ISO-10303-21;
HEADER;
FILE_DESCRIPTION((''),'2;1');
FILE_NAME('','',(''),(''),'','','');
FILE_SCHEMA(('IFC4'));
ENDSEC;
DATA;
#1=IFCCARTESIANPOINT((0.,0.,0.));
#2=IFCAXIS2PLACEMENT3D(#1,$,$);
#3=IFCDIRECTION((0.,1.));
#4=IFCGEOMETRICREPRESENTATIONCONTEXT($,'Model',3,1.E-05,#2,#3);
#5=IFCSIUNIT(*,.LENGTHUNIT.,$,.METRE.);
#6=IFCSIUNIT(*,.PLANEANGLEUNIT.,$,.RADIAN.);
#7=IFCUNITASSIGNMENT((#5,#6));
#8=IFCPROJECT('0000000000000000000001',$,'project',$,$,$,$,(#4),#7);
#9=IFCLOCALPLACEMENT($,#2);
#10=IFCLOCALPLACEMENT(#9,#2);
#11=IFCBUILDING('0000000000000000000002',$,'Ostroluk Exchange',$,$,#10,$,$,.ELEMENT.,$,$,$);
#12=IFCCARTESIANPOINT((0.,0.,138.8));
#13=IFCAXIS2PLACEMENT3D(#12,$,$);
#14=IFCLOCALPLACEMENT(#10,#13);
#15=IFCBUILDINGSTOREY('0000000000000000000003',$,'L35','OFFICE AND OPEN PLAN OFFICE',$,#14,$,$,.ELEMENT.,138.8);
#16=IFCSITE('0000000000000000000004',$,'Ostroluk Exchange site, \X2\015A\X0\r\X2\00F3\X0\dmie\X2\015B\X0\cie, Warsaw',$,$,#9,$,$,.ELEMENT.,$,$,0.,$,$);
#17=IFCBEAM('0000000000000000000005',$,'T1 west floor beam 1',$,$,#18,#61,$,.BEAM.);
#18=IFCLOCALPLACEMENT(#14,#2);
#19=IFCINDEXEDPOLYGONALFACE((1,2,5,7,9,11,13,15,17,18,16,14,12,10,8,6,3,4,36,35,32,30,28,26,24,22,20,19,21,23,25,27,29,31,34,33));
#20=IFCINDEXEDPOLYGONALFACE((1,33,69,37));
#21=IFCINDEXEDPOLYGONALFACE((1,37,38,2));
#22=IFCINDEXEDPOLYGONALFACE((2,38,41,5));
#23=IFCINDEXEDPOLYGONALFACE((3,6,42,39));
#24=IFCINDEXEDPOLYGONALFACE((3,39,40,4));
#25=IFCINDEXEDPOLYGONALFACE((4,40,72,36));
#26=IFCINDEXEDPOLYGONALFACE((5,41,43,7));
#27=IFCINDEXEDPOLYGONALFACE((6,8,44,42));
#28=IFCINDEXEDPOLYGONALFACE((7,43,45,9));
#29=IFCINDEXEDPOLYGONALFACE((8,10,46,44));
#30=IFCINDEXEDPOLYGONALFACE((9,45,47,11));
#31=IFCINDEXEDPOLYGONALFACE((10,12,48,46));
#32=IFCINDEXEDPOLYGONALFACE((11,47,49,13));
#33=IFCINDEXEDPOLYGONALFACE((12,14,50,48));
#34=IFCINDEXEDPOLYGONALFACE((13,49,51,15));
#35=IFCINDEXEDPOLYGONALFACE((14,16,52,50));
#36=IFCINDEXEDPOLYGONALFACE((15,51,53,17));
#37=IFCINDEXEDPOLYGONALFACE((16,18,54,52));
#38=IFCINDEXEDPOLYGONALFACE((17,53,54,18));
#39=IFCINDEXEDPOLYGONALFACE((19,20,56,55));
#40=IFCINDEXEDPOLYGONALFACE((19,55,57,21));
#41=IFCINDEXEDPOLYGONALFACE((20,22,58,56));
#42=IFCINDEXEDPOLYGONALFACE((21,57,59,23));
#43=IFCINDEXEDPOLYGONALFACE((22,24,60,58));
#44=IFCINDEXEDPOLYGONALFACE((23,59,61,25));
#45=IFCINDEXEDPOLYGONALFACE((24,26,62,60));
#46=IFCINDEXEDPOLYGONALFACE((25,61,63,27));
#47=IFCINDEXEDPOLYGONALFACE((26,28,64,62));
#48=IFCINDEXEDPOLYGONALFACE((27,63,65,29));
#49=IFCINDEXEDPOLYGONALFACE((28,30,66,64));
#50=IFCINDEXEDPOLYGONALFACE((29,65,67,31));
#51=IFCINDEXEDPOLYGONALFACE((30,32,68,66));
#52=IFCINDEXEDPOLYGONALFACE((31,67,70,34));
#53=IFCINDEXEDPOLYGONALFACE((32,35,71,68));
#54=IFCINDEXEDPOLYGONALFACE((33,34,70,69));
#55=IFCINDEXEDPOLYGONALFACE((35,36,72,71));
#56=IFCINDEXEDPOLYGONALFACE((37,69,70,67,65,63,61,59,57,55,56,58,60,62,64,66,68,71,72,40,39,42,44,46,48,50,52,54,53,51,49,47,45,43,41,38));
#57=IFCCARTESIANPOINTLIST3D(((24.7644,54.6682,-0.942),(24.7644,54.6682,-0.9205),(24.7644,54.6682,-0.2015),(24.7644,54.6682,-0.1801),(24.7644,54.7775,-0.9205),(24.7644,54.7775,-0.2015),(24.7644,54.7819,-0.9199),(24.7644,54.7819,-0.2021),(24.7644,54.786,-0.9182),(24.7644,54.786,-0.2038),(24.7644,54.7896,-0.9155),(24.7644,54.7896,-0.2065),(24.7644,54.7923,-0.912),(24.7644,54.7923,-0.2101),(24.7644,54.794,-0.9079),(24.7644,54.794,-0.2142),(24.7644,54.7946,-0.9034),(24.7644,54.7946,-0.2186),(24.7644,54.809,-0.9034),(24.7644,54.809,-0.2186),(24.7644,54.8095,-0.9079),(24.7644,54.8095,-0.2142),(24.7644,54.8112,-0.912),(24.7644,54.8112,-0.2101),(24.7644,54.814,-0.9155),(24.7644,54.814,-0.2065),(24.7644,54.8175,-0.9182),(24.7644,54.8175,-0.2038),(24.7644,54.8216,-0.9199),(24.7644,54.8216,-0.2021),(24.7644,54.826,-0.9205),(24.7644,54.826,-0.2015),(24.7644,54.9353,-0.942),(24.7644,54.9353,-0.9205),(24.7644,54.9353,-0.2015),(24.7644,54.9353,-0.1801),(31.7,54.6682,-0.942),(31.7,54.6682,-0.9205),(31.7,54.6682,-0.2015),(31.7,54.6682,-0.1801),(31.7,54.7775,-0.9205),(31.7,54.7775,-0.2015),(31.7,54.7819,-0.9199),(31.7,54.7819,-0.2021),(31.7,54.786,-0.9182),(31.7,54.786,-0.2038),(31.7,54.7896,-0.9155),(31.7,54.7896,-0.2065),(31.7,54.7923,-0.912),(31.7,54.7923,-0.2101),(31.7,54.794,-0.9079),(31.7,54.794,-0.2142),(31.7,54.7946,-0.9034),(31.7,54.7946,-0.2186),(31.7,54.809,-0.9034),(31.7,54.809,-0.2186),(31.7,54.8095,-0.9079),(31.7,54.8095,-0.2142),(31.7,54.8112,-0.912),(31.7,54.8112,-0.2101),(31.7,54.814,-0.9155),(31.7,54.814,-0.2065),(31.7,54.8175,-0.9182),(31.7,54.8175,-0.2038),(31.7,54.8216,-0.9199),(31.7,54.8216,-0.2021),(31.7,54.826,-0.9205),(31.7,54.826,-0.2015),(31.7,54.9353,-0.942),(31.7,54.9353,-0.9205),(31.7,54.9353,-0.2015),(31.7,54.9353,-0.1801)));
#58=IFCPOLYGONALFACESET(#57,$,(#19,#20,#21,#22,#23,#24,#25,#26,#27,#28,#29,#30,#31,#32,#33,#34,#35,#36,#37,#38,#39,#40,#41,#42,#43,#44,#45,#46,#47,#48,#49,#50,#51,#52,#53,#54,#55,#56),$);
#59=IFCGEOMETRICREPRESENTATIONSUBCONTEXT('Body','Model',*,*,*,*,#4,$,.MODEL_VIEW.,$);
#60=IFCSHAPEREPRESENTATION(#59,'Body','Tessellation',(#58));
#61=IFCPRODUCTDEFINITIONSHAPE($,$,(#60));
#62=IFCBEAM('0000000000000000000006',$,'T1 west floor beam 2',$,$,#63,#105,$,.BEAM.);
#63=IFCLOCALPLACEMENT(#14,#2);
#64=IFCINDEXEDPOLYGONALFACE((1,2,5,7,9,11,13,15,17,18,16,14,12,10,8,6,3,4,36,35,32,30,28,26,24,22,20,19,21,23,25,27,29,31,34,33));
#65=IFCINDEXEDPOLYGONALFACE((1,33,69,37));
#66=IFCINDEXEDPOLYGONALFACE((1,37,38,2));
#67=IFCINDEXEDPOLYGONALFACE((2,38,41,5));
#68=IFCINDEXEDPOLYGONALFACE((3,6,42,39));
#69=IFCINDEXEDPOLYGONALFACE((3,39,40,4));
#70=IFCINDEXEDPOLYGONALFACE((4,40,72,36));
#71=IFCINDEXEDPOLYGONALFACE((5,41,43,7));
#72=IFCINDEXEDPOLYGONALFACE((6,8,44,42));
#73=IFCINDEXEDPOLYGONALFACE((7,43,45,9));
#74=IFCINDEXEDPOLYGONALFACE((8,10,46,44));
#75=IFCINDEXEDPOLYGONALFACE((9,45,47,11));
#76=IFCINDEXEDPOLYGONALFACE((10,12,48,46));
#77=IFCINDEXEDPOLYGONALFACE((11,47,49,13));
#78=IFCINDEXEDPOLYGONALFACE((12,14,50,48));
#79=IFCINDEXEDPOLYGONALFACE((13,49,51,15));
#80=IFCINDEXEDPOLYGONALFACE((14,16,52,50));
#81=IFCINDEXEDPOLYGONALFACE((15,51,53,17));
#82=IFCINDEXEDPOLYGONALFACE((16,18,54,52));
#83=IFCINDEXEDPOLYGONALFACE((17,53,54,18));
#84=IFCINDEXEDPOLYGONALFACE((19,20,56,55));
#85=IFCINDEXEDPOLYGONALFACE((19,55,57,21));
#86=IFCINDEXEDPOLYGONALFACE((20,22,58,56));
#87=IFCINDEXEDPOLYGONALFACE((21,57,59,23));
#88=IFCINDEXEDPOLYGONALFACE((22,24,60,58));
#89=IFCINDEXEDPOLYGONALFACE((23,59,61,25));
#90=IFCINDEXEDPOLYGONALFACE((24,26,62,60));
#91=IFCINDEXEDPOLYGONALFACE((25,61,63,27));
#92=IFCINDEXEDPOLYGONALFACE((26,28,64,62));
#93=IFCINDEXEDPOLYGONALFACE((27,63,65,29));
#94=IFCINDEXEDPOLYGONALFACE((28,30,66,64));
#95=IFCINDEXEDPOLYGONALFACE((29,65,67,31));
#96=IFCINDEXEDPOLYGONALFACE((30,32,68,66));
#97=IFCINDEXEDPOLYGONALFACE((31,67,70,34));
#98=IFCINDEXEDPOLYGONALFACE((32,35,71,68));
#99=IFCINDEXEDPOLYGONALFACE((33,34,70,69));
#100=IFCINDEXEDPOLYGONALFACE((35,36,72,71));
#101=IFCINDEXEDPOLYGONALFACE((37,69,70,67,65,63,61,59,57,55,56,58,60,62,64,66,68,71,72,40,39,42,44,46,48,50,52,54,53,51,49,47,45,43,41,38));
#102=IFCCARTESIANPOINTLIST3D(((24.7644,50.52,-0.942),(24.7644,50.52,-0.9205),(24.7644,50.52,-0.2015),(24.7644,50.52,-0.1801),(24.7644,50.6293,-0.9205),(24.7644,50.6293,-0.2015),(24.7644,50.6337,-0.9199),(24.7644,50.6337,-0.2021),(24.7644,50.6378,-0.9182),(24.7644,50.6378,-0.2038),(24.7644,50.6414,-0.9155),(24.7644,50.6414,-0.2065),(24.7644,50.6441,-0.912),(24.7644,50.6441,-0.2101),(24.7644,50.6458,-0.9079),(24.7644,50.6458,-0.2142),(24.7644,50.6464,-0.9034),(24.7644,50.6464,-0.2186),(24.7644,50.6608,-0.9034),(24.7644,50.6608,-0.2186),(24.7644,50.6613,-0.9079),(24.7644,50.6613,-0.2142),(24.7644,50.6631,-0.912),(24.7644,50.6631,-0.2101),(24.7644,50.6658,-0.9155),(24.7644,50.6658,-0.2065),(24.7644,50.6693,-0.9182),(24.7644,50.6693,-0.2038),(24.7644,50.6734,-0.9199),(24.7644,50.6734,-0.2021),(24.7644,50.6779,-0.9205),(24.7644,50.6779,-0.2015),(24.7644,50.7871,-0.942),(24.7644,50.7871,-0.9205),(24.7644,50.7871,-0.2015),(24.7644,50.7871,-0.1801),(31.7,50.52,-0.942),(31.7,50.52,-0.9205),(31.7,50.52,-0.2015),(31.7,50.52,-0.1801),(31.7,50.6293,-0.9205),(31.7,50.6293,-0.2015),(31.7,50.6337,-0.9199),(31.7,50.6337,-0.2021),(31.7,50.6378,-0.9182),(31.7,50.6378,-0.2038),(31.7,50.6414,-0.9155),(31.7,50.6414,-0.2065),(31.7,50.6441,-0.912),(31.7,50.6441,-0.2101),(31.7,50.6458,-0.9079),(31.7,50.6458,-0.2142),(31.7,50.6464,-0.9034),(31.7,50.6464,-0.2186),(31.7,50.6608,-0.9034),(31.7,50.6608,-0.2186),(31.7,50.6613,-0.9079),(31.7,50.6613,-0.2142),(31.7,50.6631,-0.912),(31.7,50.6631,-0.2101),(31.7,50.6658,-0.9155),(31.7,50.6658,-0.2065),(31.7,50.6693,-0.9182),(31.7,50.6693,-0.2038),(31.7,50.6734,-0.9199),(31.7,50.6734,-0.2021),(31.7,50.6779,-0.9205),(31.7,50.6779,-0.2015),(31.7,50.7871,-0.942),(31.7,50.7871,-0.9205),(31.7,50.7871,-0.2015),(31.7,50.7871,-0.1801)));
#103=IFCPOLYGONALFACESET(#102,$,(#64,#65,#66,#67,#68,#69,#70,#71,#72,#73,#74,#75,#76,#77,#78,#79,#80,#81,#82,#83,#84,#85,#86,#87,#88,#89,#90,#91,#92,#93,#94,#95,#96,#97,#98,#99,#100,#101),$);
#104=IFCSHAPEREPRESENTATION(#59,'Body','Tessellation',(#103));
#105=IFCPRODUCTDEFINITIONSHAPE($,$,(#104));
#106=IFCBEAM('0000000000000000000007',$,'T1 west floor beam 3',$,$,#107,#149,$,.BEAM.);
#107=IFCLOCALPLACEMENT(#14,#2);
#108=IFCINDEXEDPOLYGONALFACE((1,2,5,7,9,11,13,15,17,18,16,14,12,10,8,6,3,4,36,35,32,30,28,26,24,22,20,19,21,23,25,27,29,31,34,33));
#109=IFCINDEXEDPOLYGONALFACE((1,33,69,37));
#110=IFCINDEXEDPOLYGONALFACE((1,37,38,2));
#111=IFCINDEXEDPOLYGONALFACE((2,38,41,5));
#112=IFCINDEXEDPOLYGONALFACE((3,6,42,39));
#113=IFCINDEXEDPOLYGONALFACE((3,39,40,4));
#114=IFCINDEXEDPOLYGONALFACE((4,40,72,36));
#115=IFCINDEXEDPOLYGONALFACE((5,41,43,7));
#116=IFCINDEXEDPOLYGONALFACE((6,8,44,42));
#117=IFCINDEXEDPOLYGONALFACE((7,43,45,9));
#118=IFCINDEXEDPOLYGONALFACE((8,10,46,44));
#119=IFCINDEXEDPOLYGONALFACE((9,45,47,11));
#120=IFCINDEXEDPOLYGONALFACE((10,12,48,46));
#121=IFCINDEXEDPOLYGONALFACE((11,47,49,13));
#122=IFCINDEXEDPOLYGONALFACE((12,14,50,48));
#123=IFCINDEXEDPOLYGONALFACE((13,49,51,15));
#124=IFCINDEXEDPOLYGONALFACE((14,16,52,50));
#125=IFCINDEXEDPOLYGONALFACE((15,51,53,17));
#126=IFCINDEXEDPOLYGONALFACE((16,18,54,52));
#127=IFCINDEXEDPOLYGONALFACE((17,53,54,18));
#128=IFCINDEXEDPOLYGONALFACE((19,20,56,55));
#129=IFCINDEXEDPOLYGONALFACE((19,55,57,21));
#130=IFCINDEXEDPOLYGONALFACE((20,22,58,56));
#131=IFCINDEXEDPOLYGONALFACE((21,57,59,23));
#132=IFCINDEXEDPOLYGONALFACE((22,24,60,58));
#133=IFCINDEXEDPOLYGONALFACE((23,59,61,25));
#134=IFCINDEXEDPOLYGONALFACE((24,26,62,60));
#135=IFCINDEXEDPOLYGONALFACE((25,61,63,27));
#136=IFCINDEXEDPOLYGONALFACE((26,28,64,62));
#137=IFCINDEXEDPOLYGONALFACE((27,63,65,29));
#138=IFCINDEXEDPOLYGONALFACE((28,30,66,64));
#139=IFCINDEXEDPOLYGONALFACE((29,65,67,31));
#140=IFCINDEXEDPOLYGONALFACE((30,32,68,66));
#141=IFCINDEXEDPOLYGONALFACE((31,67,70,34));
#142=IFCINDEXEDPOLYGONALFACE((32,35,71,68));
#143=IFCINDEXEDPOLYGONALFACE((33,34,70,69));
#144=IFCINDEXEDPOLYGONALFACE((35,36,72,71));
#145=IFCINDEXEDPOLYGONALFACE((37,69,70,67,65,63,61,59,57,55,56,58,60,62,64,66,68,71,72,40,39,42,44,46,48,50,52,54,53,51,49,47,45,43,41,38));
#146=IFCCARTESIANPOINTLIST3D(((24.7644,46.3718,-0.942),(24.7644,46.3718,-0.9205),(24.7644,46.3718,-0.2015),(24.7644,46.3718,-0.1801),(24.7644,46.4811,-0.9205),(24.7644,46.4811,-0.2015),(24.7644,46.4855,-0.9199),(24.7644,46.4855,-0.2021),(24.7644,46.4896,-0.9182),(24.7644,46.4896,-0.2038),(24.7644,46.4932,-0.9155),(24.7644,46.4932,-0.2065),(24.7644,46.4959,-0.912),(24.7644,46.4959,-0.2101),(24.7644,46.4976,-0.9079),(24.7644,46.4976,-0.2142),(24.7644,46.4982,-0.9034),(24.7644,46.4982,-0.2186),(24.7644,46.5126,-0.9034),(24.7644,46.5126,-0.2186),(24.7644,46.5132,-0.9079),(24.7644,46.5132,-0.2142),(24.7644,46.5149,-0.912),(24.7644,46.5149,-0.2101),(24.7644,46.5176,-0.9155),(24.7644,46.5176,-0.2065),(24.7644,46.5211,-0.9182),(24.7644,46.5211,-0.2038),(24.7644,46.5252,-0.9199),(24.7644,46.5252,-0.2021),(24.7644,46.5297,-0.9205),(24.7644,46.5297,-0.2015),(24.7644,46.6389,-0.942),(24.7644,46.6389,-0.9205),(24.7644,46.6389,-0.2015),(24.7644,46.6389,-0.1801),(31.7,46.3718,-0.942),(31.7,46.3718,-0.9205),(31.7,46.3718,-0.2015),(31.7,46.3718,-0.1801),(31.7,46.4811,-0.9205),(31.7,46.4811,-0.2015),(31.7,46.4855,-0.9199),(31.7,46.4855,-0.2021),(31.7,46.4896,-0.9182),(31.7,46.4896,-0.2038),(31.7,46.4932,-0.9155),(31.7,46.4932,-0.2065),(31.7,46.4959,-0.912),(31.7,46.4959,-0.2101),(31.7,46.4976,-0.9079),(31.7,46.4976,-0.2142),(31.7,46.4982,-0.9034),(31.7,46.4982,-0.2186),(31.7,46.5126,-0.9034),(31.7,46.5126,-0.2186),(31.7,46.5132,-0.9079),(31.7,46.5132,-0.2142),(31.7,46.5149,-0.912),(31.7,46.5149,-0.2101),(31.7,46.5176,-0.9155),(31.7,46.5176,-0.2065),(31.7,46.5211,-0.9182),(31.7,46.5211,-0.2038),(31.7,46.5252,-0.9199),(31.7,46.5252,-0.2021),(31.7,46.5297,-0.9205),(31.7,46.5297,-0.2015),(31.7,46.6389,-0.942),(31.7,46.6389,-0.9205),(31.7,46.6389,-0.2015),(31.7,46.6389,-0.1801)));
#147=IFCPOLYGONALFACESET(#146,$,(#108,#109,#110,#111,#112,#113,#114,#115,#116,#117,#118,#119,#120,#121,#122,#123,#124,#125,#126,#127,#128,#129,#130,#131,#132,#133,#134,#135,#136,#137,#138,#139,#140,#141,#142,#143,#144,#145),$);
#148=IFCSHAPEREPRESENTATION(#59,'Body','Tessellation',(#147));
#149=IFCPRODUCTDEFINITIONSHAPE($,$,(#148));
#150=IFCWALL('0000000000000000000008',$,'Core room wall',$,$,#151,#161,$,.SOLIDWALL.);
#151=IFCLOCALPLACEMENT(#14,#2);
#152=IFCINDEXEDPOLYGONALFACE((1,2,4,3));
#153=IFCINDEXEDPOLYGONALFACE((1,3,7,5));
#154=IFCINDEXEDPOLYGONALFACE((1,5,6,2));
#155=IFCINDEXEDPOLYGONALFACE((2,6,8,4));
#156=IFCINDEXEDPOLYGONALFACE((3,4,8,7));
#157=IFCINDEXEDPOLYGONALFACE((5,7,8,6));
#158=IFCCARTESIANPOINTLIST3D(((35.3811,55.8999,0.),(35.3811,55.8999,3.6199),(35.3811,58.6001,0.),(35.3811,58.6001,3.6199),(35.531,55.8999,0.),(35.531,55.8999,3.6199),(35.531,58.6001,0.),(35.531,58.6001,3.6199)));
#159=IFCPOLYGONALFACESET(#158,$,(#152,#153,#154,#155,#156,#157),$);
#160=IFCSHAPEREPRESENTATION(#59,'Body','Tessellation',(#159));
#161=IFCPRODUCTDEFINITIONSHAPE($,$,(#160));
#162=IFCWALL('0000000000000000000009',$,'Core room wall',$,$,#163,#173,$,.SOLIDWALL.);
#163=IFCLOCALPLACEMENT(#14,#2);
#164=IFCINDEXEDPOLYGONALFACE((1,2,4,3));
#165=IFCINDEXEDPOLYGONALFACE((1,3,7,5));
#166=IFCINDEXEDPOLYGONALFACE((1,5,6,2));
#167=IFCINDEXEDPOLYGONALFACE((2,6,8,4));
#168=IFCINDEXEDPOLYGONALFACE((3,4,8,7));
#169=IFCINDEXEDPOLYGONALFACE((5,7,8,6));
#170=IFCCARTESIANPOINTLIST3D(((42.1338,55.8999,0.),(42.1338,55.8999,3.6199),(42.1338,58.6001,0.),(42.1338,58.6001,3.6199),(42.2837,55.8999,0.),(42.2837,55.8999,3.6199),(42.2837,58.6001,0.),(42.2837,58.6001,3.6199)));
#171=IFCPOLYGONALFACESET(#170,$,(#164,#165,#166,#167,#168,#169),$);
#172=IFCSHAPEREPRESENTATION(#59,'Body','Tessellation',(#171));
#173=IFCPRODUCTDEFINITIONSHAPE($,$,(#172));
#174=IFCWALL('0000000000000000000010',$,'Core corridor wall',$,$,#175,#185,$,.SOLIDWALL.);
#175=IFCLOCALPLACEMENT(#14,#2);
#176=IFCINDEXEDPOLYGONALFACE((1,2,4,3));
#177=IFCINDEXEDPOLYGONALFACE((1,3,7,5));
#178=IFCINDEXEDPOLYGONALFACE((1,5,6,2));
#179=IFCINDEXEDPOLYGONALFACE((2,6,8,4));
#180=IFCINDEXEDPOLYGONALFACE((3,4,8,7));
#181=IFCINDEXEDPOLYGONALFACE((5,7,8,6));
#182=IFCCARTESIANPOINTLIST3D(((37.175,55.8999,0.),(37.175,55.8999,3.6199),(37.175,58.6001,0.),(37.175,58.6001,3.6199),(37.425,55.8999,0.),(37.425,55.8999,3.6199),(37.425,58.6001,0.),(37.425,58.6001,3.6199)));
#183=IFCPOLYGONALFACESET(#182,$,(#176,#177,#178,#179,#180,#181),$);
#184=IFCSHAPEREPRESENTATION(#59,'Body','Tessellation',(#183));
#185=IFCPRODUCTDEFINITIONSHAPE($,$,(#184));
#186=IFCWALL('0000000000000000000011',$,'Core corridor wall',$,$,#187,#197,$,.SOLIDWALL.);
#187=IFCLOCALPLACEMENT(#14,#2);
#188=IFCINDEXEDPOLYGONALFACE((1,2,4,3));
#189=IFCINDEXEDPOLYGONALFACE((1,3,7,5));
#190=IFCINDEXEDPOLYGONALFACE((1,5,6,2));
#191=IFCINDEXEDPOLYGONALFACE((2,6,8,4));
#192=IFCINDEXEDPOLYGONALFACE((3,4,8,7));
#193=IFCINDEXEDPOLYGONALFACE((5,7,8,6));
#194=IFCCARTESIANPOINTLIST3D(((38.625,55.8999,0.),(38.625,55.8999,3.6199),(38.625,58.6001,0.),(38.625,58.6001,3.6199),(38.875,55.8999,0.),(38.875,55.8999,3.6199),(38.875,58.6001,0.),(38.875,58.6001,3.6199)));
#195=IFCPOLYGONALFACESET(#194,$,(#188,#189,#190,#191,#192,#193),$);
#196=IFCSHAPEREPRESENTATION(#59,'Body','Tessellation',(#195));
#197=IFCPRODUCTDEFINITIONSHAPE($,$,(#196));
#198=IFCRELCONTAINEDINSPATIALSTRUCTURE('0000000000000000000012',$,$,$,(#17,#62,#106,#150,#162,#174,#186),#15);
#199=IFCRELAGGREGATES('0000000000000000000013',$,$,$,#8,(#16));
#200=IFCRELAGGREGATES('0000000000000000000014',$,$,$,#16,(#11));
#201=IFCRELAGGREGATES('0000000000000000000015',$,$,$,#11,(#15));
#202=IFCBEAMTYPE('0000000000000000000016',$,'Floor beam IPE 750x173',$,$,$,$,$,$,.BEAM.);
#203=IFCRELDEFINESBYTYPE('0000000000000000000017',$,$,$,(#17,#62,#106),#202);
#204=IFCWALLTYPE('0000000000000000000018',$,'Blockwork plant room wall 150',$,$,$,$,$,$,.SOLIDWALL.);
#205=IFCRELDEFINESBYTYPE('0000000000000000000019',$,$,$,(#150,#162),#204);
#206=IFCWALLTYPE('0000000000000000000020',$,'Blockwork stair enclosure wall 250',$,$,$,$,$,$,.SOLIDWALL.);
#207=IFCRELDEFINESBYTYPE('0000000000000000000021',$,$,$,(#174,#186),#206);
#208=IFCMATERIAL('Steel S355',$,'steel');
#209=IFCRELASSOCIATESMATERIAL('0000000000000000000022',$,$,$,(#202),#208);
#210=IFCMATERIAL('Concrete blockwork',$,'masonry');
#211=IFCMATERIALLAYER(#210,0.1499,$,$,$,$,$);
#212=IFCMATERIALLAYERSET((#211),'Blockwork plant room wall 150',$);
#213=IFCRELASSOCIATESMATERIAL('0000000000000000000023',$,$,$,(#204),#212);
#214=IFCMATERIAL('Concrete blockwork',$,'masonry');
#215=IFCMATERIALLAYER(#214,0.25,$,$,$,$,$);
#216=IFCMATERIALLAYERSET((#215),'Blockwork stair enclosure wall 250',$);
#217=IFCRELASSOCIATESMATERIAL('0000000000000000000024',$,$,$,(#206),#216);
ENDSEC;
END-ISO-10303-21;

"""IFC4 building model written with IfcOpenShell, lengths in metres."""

from ifc_helpers import new_model, si_unit, direction, frame, frame_2d, origin, origin_2d, place, context, subcontext, project, spatial, rectangle, i_section, extrude, material, layer, layer_set, material_profile, profile_set, type_object, element, save


model = new_model("IFC4")

# Units and contexts
model_context = context("Model", 3, precision=1e-05, world=origin(), true_north=direction((0.0, 1.0)))
body_context = subcontext(model_context, "Body", "Model", "MODEL_VIEW")
ifc_project = project(units=[si_unit("LENGTHUNIT", "METRE"), si_unit("PLANEANGLEUNIT", "RADIAN")], contexts=[model_context])

# Site, building, storey
site_placement = place(None, origin())
site = spatial("IfcSite", under=ifc_project, at=site_placement, Name="Ostroluk Exchange site, Śródmieście, Warsaw", CompositionType="ELEMENT", RefElevation=0.0)
building_placement = place(site_placement, origin())
building = spatial("IfcBuilding", under=site, at=building_placement, Name="Ostroluk Exchange", CompositionType="ELEMENT")
storey_placement = place(building_placement, frame((0.0, 0.0, 138.8)))
storey = spatial("IfcBuildingStorey", under=building, at=storey_placement, Name="L35", Description="OFFICE AND OPEN PLAN OFFICE", CompositionType="ELEMENT", Elevation=138.8)

# Beams
ifc_material_1 = material(Name="Steel S355", Category="steel")
ifc_material_profile = material_profile(ifc_material_1, i_section(OverallWidth=0.2671, OverallDepth=0.762, WebThickness=0.0144, FlangeThickness=0.0215, FilletRadius=0.0171, at=origin_2d()), Name="IPE 750x173")
ifc_profile_set = profile_set([ifc_material_profile], Name="Steel S355")
beam_type = type_object("IfcBeamType", Name="Floor beam IPE 750x173", PredefinedType="BEAM", material=ifc_profile_set)
for number, where, z_axis, x_axis, name in (
    (1, (31.7, 54.8018, -0.561), (-1.0, 0.0, 0.0), (0.0, -1.0, 0.0), "T1 west floor beam 1"),
    (2, (31.7, 50.6536, -0.561), (-1.0, 0.0, 0.0), (0.0, -1.0, 0.0), "T1 west floor beam 2"),
    (3, (31.7, 46.5054, -0.561), (-1.0, 0.0, 0.0), (0.0, -1.0, 0.0), "T1 west floor beam 3"),
):
    element("IfcBeam", number, at=place(storey_placement, frame(where, z_axis=z_axis, x_axis=x_axis)), inside=storey, type_object=beam_type, Name=name, PredefinedType="BEAM", context=body_context, shape_type="SweptSolid", body=[
        extrude(i_section(OverallWidth=0.2671, OverallDepth=0.762, WebThickness=0.0144, FlangeThickness=0.0215, FilletRadius=0.0171, at=origin_2d()), origin(), (0.0, 0.0, 1.0), 6.9355),
    ])

# Walls
ifc_material_2 = material(Name="Concrete blockwork", Category="masonry")
ifc_layer_1 = layer(ifc_material_2, 0.1499)
ifc_layer_set_1 = layer_set([ifc_layer_1], Name="Blockwork plant room wall 150")
wall_type_1 = type_object("IfcWallType", Name="Blockwork plant room wall 150", PredefinedType="SOLIDWALL", material=ifc_layer_set_1)
for number, where, z_axis, x_axis, name in (
    (4, (35.4561, 55.8999, 0.0), (0.0, 0.0, 1.0), (0.0, 1.0, 0.0), "Core room wall"),
    (5, (42.2087, 55.8999, 0.0), (0.0, 0.0, 1.0), (0.0, 1.0, 0.0), "Core room wall"),
):
    element("IfcWall", number, at=place(storey_placement, frame(where, z_axis=z_axis, x_axis=x_axis)), inside=storey, type_object=wall_type_1, Name=name, PredefinedType="SOLIDWALL", context=body_context, shape_type="SweptSolid", body=[
        extrude(rectangle(XDim=2.7002, YDim=0.1499, at=frame_2d((1.3501, 0.0))), origin(), (0.0, 0.0, 1.0), 3.6199),
    ])
ifc_material_3 = material(Name="Concrete blockwork", Category="masonry")
ifc_layer_2 = layer(ifc_material_3, 0.25)
ifc_layer_set_2 = layer_set([ifc_layer_2], Name="Blockwork stair enclosure wall 250")
wall_type_2 = type_object("IfcWallType", Name="Blockwork stair enclosure wall 250", PredefinedType="SOLIDWALL", material=ifc_layer_set_2)
for number, where, z_axis, x_axis, name in (
    (6, (37.3, 55.8999, 0.0), (0.0, 0.0, 1.0), (0.0, 1.0, 0.0), "Core corridor wall"),
    (7, (38.75, 55.8999, 0.0), (0.0, 0.0, 1.0), (0.0, 1.0, 0.0), "Core corridor wall"),
):
    element("IfcWall", number, at=place(storey_placement, frame(where, z_axis=z_axis, x_axis=x_axis)), inside=storey, type_object=wall_type_2, Name=name, PredefinedType="SOLIDWALL", context=body_context, shape_type="SweptSolid", body=[
        extrude(rectangle(XDim=2.7002, YDim=0.25, at=frame_2d((1.3501, 0.0))), origin(), (0.0, 0.0, 1.0), 3.6199),
    ])

save(model, "model.ifc")
